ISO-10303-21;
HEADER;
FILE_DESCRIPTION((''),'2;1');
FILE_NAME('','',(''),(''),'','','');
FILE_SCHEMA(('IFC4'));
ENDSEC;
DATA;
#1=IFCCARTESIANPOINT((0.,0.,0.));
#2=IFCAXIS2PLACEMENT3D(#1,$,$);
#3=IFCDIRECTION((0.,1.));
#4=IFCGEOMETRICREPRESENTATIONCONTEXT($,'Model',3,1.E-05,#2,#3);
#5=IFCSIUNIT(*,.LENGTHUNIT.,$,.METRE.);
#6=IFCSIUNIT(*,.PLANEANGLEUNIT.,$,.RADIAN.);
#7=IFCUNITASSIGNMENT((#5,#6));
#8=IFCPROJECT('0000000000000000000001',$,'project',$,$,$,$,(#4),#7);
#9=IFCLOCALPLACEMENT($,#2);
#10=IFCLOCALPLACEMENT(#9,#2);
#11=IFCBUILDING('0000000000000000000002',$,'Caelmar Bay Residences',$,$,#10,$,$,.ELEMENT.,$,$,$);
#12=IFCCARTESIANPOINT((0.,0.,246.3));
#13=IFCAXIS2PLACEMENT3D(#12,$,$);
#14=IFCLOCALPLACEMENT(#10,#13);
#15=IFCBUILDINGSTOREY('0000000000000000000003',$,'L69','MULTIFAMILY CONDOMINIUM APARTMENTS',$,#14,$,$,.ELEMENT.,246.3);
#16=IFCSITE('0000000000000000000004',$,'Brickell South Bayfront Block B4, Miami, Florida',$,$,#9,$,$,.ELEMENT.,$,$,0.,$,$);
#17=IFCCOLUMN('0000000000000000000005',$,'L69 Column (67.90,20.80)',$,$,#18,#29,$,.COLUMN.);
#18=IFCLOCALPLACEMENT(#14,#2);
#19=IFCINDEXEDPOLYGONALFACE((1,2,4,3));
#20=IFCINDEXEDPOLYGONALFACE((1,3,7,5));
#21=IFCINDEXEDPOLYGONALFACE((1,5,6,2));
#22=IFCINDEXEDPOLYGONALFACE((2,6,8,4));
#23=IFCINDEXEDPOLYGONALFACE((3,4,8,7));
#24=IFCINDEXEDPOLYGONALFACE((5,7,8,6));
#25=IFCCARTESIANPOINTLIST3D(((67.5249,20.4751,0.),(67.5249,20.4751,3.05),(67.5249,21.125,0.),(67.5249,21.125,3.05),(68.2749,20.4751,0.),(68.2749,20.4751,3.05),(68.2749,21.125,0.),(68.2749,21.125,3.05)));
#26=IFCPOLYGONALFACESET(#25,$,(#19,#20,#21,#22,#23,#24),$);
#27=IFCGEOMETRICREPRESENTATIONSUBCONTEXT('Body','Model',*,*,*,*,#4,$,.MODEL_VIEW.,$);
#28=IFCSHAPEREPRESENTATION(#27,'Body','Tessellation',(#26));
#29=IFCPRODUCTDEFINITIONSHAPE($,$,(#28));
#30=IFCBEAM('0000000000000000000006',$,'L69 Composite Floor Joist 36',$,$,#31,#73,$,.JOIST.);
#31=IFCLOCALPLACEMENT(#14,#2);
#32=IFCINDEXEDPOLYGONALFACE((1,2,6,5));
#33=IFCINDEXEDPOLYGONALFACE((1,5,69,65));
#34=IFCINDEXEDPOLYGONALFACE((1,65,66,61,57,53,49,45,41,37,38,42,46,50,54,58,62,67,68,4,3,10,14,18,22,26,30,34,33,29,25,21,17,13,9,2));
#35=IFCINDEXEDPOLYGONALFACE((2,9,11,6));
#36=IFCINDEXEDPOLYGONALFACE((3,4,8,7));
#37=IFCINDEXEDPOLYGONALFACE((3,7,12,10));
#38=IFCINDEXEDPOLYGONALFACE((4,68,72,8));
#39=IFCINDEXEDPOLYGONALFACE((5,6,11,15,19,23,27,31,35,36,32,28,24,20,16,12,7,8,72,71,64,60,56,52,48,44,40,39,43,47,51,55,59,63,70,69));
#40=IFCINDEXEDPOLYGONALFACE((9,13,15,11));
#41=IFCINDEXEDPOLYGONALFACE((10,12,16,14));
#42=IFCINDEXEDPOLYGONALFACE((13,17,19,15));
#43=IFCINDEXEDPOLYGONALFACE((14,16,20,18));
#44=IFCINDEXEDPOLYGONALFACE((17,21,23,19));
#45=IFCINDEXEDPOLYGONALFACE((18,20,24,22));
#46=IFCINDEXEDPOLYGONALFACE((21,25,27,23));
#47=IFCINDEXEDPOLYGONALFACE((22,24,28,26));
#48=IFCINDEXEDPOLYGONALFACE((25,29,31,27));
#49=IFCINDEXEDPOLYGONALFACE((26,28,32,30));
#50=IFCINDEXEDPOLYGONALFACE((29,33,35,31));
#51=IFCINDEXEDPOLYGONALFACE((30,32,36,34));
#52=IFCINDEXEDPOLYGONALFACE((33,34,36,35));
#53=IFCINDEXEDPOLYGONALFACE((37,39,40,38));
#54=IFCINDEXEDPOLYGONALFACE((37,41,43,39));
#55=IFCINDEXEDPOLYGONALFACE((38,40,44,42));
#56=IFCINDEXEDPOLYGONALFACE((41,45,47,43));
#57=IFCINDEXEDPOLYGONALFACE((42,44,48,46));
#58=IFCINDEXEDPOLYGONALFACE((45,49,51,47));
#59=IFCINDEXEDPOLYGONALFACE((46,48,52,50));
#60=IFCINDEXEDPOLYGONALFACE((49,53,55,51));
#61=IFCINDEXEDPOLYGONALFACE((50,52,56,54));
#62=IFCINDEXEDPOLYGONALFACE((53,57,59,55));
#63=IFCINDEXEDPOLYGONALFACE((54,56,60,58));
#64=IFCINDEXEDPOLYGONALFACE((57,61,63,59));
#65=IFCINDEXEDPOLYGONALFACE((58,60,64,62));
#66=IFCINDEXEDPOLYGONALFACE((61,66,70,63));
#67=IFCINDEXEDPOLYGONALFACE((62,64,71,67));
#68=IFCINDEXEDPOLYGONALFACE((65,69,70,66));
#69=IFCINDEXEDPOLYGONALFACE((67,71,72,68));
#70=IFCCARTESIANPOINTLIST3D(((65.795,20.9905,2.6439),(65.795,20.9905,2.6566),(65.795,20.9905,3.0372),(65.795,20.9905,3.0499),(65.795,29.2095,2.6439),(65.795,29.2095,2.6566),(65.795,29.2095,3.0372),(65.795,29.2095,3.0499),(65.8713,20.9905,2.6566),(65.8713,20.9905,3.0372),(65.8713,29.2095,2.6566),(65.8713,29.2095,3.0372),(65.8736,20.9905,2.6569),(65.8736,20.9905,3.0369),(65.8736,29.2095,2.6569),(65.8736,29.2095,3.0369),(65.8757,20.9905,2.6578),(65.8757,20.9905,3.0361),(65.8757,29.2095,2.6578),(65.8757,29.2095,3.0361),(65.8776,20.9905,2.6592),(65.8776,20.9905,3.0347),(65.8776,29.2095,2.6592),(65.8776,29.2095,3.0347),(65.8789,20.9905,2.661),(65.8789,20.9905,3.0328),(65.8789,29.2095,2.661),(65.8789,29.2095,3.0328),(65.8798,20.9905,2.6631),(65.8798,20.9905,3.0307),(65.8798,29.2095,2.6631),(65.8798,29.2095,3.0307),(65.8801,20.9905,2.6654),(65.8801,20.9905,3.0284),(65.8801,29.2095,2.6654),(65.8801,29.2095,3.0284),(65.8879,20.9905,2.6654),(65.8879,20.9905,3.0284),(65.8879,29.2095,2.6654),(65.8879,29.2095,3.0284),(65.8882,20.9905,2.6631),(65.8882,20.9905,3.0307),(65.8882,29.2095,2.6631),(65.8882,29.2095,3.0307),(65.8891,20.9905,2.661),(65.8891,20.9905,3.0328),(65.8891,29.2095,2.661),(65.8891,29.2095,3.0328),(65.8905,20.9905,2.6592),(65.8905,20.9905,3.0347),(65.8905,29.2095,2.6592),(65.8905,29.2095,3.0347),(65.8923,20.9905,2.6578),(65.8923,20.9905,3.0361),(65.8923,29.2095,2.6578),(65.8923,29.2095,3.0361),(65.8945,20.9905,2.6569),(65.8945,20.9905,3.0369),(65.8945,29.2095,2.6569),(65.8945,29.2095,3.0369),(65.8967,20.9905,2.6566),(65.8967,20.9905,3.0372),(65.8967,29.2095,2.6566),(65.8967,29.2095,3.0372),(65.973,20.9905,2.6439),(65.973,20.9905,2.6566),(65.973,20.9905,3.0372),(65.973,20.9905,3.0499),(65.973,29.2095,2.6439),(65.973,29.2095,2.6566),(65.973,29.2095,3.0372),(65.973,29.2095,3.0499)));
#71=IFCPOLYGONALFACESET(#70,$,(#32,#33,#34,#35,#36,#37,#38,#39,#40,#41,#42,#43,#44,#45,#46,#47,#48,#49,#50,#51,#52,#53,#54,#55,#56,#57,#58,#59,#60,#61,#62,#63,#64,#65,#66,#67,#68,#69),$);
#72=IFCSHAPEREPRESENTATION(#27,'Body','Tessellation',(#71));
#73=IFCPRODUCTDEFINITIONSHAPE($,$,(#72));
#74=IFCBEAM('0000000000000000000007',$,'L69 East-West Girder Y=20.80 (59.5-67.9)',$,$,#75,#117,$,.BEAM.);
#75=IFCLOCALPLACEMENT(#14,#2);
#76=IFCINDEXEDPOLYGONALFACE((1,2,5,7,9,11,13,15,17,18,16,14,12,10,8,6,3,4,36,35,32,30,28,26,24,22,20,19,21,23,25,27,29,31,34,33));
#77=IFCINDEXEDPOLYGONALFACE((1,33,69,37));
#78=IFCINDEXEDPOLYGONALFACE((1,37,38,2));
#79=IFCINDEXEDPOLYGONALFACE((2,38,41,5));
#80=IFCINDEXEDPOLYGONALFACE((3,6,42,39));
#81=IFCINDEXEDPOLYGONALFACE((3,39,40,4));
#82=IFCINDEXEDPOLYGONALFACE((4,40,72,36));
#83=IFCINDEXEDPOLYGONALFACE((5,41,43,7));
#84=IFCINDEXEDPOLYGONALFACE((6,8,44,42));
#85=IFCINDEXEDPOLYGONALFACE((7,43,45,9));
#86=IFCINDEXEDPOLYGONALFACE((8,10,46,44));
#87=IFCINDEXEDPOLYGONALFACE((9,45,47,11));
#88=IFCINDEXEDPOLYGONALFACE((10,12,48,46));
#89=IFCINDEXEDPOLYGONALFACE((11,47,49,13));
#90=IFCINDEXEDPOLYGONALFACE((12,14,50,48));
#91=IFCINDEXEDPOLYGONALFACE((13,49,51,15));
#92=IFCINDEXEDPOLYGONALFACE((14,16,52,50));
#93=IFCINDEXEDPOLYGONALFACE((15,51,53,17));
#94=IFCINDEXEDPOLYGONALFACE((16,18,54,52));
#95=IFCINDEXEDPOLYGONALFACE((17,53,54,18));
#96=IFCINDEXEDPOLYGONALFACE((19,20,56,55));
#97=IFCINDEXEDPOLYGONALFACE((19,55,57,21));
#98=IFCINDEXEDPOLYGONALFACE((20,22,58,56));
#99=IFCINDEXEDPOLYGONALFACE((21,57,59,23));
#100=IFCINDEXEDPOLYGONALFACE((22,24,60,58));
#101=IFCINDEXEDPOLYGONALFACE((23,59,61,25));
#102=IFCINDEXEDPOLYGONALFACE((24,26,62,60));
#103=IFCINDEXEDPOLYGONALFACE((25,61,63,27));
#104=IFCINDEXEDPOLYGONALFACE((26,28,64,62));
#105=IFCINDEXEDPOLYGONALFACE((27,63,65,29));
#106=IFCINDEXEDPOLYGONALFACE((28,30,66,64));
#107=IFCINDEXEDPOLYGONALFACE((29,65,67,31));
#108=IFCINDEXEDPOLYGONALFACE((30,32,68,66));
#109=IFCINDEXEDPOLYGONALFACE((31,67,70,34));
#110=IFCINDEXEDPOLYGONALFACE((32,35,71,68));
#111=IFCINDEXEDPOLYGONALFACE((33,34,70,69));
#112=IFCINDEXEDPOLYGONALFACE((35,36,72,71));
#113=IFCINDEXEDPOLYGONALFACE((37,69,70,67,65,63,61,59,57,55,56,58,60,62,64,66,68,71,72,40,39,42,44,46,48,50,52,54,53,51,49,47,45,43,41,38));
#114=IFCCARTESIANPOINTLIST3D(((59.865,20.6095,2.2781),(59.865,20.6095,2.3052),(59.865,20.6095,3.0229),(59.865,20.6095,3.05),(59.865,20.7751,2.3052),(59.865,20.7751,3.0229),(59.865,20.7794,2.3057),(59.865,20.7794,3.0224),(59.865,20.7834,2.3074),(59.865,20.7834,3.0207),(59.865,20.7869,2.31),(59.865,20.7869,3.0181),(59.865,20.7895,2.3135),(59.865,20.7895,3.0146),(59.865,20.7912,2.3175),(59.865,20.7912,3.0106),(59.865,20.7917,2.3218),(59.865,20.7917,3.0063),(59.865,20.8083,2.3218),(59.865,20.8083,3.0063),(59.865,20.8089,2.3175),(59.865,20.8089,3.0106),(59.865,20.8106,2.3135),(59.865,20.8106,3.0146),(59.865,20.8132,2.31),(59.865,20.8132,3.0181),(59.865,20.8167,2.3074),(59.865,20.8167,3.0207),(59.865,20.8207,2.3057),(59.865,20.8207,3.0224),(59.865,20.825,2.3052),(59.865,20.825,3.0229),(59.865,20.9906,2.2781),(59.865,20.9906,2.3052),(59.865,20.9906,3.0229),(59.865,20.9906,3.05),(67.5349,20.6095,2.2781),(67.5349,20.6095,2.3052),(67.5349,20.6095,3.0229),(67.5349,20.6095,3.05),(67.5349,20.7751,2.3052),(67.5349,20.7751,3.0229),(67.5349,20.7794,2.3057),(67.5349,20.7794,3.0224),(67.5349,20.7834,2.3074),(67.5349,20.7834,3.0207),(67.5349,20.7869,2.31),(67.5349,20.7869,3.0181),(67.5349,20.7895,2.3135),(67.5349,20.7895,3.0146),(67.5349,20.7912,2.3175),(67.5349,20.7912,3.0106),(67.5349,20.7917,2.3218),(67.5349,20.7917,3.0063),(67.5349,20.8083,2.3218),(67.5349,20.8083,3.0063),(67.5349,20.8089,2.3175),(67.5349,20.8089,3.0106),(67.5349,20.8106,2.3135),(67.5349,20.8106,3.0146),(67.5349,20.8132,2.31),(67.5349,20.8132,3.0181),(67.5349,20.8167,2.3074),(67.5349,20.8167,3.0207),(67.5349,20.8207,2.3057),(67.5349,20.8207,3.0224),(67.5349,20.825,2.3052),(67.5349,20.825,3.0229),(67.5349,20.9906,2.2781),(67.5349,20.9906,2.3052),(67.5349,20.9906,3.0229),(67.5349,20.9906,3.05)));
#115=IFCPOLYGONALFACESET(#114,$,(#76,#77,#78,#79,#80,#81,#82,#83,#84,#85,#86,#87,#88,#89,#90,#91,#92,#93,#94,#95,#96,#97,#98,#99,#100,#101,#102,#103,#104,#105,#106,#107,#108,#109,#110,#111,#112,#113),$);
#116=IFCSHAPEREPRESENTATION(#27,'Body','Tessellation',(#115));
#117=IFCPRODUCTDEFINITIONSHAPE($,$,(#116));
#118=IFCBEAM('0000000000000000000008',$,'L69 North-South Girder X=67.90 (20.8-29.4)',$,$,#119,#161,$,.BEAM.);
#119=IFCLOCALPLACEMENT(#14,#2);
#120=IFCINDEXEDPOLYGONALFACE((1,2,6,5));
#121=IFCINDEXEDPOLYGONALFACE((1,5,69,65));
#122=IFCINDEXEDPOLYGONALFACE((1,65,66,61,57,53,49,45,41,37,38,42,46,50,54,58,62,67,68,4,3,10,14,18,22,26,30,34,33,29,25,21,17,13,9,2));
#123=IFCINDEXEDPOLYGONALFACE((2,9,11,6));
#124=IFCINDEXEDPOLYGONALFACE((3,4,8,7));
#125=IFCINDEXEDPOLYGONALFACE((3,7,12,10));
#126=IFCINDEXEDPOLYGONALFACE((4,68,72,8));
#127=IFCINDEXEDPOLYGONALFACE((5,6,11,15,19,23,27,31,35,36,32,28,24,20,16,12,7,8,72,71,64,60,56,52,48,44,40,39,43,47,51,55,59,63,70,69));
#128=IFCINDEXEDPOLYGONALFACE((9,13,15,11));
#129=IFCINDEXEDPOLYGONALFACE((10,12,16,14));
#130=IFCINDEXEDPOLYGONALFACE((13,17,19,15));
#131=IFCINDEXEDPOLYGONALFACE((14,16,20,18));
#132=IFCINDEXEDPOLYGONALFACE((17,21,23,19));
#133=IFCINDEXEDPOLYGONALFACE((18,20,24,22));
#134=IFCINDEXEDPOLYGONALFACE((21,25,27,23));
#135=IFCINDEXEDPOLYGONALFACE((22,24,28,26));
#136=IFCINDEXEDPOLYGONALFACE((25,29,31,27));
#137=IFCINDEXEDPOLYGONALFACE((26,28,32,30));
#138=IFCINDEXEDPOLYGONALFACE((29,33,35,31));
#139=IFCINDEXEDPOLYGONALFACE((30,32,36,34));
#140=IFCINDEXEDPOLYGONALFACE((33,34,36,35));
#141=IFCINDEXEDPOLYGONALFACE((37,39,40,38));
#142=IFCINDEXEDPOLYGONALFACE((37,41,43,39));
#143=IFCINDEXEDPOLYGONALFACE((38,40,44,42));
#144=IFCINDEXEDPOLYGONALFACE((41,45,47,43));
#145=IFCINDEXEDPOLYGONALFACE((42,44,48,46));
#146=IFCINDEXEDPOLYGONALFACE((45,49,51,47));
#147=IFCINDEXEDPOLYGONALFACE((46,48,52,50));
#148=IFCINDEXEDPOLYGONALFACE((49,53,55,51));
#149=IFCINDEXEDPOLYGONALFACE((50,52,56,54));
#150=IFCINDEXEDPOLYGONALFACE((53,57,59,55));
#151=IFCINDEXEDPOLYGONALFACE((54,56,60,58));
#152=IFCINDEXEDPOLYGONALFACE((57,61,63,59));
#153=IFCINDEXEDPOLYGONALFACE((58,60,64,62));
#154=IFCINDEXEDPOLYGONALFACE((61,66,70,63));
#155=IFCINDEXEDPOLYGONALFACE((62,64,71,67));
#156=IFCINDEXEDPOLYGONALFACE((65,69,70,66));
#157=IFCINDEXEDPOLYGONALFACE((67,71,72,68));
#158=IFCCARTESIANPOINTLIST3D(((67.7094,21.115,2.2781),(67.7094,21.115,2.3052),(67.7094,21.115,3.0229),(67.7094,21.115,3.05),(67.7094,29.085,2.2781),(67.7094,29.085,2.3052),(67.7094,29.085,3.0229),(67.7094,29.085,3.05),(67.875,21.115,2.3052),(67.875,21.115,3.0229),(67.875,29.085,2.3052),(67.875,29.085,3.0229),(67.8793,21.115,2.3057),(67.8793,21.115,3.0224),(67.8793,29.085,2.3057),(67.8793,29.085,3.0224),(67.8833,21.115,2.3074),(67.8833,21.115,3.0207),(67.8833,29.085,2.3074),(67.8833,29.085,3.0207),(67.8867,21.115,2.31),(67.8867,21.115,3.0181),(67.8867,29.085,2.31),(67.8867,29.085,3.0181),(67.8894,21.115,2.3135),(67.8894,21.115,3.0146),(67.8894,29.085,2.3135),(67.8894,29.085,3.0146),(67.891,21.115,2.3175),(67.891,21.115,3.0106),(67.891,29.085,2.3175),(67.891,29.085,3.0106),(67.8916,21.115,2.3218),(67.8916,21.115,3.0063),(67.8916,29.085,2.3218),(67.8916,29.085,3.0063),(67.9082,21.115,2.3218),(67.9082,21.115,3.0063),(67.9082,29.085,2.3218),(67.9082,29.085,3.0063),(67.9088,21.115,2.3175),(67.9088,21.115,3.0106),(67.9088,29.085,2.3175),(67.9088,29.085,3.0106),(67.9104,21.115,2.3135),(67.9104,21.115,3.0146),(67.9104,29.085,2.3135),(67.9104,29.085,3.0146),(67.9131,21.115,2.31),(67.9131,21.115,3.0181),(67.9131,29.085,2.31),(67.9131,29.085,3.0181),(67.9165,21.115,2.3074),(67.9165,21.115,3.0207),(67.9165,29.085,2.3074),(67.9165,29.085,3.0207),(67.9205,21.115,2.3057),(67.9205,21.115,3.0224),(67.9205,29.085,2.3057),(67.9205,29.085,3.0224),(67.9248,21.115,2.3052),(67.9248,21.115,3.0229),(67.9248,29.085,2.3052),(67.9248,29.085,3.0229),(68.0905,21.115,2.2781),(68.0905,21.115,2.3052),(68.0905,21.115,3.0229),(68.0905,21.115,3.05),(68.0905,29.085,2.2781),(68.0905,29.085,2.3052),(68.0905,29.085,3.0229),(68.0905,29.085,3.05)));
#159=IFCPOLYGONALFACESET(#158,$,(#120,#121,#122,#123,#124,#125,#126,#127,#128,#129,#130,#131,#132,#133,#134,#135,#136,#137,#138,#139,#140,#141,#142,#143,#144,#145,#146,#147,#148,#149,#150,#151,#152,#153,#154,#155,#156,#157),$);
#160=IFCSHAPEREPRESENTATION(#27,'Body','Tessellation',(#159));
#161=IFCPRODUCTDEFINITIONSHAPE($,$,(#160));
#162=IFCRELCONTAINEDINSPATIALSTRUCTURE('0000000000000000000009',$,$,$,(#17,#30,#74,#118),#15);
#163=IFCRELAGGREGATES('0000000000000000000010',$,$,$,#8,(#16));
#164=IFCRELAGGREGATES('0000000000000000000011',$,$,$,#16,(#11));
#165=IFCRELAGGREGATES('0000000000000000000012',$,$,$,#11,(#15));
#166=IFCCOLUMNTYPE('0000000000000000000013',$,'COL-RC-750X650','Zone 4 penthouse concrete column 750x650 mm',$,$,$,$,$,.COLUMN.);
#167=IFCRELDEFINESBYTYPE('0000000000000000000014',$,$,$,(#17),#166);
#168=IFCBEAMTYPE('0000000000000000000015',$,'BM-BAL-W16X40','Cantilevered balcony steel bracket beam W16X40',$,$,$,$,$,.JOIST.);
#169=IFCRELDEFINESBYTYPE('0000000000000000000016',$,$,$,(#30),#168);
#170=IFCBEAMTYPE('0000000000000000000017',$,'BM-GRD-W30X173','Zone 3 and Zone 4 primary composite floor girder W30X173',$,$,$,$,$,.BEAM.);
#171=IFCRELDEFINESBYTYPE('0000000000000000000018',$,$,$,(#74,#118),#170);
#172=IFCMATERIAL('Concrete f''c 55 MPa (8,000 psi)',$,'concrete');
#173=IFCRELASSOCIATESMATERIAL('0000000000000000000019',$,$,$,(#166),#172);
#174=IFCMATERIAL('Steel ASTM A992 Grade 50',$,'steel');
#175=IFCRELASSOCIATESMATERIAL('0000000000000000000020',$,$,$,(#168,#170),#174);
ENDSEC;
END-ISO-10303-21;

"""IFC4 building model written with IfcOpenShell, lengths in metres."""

from ifc_helpers import new_model, si_unit, direction, frame, origin, origin_2d, place, context, subcontext, project, spatial, rectangle, i_section, extrude, material, material_profile, profile_set, type_object, element, save


model = new_model("IFC4")

# Units and contexts
model_context = context("Model", 3, precision=1e-05, world=origin(), true_north=direction((0.0, 1.0)))
body_context = subcontext(model_context, "Body", "Model", "MODEL_VIEW")
ifc_project = project(units=[si_unit("LENGTHUNIT", "METRE"), si_unit("PLANEANGLEUNIT", "RADIAN")], contexts=[model_context])

# Site, building, storey
site_placement = place(None, origin())
site = spatial("IfcSite", under=ifc_project, at=site_placement, Name="Brickell South Bayfront Block B4, Miami, Florida", CompositionType="ELEMENT", RefElevation=0.0)
building_placement = place(site_placement, origin())
building = spatial("IfcBuilding", under=site, at=building_placement, Name="Caelmar Bay Residences", CompositionType="ELEMENT")
storey_placement = place(building_placement, frame((0.0, 0.0, 246.3)))
storey = spatial("IfcBuildingStorey", under=building, at=storey_placement, Name="L69", Description="MULTIFAMILY CONDOMINIUM APARTMENTS", CompositionType="ELEMENT", Elevation=246.3)

# Column
ifc_material_1 = material(Name="Concrete f'c 55 MPa (8,000 psi)", Category="concrete")
ifc_material_profile_1 = material_profile(ifc_material_1, rectangle(XDim=0.75, YDim=0.6499, at=origin_2d()), Name="RC-COL-750X650")
ifc_profile_set_1 = profile_set([ifc_material_profile_1], Name="Concrete f'c 55 MPa (8,000 psi)")
column_type = type_object("IfcColumnType", Name="COL-RC-750X650", Description="Zone 4 penthouse concrete column 750x650 mm", PredefinedType="COLUMN", material=ifc_profile_set_1)
column_placement = place(storey_placement, frame((67.8999, 20.8, 0.0), z_axis=(0.0, 0.0, 1.0), x_axis=(1.0, 0.0, 0.0)))
element("IfcColumn", 1, at=column_placement, inside=storey, type_object=column_type, Name="L69 Column (67.90,20.80)", PredefinedType="COLUMN", context=body_context, shape_type="SweptSolid", body=[
    extrude(rectangle(XDim=0.75, YDim=0.6499, at=origin_2d()), origin(), (0.0, 0.0, 1.0), 3.05),
])

# Beams
ifc_material_2 = material(Name="Steel ASTM A992 Grade 50", Category="steel")
ifc_material_profile_2 = material_profile(ifc_material_2, i_section(OverallWidth=0.178, OverallDepth=0.406, WebThickness=0.0078, FlangeThickness=0.0127, FilletRadius=0.0088, at=origin_2d()), Name="W16X40")
ifc_profile_set_2 = profile_set([ifc_material_profile_2], Name="Steel ASTM A992 Grade 50")
beam_type_1 = type_object("IfcBeamType", Name="BM-BAL-W16X40", Description="Cantilevered balcony steel bracket beam W16X40", PredefinedType="JOIST", material=ifc_profile_set_2)
beam_1_placement = place(storey_placement, frame((65.884, 20.9905, 2.8469), z_axis=(0.0, 1.0, 0.0), x_axis=(-1.0, 0.0, 0.0)))
element("IfcBeam", 2, at=beam_1_placement, inside=storey, type_object=beam_type_1, Name="L69 Composite Floor Joist 36", PredefinedType="JOIST", context=body_context, shape_type="SweptSolid", body=[
    extrude(i_section(OverallWidth=0.178, OverallDepth=0.406, WebThickness=0.0078, FlangeThickness=0.0127, FilletRadius=0.0088, at=origin_2d()), origin(), (0.0, 0.0, 1.0), 8.219),
])
ifc_material_profile_3 = material_profile(ifc_material_2, i_section(OverallWidth=0.3811, OverallDepth=0.772, WebThickness=0.0166, FlangeThickness=0.0271, FilletRadius=0.0166, at=origin_2d()), Name="W30X173")
ifc_profile_set_3 = profile_set([ifc_material_profile_3], Name="Steel ASTM A992 Grade 50")
beam_type_2 = type_object("IfcBeamType", Name="BM-GRD-W30X173", Description="Zone 3 and Zone 4 primary composite floor girder W30X173", PredefinedType="BEAM", material=ifc_profile_set_3)
beam_2_placement = place(storey_placement, frame((59.865, 20.8, 2.6641), z_axis=(1.0, 0.0, 0.0), x_axis=(0.0, 1.0, 0.0)))
element("IfcBeam", 3, at=beam_2_placement, inside=storey, type_object=beam_type_2, Name="L69 East-West Girder Y=20.80 (59.5-67.9)", PredefinedType="BEAM", context=body_context, shape_type="SweptSolid", body=[
    extrude(i_section(OverallWidth=0.3811, OverallDepth=0.772, WebThickness=0.0166, FlangeThickness=0.0271, FilletRadius=0.0166, at=origin_2d()), origin(), (0.0, 0.0, 1.0), 7.6699),
])
beam_3_placement = place(storey_placement, frame((67.8999, 21.115, 2.6641), z_axis=(0.0, 1.0, 0.0), x_axis=(-1.0, 0.0, 0.0)))
element("IfcBeam", 4, at=beam_3_placement, inside=storey, type_object=beam_type_2, Name="L69 North-South Girder X=67.90 (20.8-29.4)", PredefinedType="BEAM", context=body_context, shape_type="SweptSolid", body=[
    extrude(i_section(OverallWidth=0.3811, OverallDepth=0.772, WebThickness=0.0166, FlangeThickness=0.0271, FilletRadius=0.0166, at=origin_2d()), origin(), (0.0, 0.0, 1.0), 7.97),
])

save(model, "model.ifc")
